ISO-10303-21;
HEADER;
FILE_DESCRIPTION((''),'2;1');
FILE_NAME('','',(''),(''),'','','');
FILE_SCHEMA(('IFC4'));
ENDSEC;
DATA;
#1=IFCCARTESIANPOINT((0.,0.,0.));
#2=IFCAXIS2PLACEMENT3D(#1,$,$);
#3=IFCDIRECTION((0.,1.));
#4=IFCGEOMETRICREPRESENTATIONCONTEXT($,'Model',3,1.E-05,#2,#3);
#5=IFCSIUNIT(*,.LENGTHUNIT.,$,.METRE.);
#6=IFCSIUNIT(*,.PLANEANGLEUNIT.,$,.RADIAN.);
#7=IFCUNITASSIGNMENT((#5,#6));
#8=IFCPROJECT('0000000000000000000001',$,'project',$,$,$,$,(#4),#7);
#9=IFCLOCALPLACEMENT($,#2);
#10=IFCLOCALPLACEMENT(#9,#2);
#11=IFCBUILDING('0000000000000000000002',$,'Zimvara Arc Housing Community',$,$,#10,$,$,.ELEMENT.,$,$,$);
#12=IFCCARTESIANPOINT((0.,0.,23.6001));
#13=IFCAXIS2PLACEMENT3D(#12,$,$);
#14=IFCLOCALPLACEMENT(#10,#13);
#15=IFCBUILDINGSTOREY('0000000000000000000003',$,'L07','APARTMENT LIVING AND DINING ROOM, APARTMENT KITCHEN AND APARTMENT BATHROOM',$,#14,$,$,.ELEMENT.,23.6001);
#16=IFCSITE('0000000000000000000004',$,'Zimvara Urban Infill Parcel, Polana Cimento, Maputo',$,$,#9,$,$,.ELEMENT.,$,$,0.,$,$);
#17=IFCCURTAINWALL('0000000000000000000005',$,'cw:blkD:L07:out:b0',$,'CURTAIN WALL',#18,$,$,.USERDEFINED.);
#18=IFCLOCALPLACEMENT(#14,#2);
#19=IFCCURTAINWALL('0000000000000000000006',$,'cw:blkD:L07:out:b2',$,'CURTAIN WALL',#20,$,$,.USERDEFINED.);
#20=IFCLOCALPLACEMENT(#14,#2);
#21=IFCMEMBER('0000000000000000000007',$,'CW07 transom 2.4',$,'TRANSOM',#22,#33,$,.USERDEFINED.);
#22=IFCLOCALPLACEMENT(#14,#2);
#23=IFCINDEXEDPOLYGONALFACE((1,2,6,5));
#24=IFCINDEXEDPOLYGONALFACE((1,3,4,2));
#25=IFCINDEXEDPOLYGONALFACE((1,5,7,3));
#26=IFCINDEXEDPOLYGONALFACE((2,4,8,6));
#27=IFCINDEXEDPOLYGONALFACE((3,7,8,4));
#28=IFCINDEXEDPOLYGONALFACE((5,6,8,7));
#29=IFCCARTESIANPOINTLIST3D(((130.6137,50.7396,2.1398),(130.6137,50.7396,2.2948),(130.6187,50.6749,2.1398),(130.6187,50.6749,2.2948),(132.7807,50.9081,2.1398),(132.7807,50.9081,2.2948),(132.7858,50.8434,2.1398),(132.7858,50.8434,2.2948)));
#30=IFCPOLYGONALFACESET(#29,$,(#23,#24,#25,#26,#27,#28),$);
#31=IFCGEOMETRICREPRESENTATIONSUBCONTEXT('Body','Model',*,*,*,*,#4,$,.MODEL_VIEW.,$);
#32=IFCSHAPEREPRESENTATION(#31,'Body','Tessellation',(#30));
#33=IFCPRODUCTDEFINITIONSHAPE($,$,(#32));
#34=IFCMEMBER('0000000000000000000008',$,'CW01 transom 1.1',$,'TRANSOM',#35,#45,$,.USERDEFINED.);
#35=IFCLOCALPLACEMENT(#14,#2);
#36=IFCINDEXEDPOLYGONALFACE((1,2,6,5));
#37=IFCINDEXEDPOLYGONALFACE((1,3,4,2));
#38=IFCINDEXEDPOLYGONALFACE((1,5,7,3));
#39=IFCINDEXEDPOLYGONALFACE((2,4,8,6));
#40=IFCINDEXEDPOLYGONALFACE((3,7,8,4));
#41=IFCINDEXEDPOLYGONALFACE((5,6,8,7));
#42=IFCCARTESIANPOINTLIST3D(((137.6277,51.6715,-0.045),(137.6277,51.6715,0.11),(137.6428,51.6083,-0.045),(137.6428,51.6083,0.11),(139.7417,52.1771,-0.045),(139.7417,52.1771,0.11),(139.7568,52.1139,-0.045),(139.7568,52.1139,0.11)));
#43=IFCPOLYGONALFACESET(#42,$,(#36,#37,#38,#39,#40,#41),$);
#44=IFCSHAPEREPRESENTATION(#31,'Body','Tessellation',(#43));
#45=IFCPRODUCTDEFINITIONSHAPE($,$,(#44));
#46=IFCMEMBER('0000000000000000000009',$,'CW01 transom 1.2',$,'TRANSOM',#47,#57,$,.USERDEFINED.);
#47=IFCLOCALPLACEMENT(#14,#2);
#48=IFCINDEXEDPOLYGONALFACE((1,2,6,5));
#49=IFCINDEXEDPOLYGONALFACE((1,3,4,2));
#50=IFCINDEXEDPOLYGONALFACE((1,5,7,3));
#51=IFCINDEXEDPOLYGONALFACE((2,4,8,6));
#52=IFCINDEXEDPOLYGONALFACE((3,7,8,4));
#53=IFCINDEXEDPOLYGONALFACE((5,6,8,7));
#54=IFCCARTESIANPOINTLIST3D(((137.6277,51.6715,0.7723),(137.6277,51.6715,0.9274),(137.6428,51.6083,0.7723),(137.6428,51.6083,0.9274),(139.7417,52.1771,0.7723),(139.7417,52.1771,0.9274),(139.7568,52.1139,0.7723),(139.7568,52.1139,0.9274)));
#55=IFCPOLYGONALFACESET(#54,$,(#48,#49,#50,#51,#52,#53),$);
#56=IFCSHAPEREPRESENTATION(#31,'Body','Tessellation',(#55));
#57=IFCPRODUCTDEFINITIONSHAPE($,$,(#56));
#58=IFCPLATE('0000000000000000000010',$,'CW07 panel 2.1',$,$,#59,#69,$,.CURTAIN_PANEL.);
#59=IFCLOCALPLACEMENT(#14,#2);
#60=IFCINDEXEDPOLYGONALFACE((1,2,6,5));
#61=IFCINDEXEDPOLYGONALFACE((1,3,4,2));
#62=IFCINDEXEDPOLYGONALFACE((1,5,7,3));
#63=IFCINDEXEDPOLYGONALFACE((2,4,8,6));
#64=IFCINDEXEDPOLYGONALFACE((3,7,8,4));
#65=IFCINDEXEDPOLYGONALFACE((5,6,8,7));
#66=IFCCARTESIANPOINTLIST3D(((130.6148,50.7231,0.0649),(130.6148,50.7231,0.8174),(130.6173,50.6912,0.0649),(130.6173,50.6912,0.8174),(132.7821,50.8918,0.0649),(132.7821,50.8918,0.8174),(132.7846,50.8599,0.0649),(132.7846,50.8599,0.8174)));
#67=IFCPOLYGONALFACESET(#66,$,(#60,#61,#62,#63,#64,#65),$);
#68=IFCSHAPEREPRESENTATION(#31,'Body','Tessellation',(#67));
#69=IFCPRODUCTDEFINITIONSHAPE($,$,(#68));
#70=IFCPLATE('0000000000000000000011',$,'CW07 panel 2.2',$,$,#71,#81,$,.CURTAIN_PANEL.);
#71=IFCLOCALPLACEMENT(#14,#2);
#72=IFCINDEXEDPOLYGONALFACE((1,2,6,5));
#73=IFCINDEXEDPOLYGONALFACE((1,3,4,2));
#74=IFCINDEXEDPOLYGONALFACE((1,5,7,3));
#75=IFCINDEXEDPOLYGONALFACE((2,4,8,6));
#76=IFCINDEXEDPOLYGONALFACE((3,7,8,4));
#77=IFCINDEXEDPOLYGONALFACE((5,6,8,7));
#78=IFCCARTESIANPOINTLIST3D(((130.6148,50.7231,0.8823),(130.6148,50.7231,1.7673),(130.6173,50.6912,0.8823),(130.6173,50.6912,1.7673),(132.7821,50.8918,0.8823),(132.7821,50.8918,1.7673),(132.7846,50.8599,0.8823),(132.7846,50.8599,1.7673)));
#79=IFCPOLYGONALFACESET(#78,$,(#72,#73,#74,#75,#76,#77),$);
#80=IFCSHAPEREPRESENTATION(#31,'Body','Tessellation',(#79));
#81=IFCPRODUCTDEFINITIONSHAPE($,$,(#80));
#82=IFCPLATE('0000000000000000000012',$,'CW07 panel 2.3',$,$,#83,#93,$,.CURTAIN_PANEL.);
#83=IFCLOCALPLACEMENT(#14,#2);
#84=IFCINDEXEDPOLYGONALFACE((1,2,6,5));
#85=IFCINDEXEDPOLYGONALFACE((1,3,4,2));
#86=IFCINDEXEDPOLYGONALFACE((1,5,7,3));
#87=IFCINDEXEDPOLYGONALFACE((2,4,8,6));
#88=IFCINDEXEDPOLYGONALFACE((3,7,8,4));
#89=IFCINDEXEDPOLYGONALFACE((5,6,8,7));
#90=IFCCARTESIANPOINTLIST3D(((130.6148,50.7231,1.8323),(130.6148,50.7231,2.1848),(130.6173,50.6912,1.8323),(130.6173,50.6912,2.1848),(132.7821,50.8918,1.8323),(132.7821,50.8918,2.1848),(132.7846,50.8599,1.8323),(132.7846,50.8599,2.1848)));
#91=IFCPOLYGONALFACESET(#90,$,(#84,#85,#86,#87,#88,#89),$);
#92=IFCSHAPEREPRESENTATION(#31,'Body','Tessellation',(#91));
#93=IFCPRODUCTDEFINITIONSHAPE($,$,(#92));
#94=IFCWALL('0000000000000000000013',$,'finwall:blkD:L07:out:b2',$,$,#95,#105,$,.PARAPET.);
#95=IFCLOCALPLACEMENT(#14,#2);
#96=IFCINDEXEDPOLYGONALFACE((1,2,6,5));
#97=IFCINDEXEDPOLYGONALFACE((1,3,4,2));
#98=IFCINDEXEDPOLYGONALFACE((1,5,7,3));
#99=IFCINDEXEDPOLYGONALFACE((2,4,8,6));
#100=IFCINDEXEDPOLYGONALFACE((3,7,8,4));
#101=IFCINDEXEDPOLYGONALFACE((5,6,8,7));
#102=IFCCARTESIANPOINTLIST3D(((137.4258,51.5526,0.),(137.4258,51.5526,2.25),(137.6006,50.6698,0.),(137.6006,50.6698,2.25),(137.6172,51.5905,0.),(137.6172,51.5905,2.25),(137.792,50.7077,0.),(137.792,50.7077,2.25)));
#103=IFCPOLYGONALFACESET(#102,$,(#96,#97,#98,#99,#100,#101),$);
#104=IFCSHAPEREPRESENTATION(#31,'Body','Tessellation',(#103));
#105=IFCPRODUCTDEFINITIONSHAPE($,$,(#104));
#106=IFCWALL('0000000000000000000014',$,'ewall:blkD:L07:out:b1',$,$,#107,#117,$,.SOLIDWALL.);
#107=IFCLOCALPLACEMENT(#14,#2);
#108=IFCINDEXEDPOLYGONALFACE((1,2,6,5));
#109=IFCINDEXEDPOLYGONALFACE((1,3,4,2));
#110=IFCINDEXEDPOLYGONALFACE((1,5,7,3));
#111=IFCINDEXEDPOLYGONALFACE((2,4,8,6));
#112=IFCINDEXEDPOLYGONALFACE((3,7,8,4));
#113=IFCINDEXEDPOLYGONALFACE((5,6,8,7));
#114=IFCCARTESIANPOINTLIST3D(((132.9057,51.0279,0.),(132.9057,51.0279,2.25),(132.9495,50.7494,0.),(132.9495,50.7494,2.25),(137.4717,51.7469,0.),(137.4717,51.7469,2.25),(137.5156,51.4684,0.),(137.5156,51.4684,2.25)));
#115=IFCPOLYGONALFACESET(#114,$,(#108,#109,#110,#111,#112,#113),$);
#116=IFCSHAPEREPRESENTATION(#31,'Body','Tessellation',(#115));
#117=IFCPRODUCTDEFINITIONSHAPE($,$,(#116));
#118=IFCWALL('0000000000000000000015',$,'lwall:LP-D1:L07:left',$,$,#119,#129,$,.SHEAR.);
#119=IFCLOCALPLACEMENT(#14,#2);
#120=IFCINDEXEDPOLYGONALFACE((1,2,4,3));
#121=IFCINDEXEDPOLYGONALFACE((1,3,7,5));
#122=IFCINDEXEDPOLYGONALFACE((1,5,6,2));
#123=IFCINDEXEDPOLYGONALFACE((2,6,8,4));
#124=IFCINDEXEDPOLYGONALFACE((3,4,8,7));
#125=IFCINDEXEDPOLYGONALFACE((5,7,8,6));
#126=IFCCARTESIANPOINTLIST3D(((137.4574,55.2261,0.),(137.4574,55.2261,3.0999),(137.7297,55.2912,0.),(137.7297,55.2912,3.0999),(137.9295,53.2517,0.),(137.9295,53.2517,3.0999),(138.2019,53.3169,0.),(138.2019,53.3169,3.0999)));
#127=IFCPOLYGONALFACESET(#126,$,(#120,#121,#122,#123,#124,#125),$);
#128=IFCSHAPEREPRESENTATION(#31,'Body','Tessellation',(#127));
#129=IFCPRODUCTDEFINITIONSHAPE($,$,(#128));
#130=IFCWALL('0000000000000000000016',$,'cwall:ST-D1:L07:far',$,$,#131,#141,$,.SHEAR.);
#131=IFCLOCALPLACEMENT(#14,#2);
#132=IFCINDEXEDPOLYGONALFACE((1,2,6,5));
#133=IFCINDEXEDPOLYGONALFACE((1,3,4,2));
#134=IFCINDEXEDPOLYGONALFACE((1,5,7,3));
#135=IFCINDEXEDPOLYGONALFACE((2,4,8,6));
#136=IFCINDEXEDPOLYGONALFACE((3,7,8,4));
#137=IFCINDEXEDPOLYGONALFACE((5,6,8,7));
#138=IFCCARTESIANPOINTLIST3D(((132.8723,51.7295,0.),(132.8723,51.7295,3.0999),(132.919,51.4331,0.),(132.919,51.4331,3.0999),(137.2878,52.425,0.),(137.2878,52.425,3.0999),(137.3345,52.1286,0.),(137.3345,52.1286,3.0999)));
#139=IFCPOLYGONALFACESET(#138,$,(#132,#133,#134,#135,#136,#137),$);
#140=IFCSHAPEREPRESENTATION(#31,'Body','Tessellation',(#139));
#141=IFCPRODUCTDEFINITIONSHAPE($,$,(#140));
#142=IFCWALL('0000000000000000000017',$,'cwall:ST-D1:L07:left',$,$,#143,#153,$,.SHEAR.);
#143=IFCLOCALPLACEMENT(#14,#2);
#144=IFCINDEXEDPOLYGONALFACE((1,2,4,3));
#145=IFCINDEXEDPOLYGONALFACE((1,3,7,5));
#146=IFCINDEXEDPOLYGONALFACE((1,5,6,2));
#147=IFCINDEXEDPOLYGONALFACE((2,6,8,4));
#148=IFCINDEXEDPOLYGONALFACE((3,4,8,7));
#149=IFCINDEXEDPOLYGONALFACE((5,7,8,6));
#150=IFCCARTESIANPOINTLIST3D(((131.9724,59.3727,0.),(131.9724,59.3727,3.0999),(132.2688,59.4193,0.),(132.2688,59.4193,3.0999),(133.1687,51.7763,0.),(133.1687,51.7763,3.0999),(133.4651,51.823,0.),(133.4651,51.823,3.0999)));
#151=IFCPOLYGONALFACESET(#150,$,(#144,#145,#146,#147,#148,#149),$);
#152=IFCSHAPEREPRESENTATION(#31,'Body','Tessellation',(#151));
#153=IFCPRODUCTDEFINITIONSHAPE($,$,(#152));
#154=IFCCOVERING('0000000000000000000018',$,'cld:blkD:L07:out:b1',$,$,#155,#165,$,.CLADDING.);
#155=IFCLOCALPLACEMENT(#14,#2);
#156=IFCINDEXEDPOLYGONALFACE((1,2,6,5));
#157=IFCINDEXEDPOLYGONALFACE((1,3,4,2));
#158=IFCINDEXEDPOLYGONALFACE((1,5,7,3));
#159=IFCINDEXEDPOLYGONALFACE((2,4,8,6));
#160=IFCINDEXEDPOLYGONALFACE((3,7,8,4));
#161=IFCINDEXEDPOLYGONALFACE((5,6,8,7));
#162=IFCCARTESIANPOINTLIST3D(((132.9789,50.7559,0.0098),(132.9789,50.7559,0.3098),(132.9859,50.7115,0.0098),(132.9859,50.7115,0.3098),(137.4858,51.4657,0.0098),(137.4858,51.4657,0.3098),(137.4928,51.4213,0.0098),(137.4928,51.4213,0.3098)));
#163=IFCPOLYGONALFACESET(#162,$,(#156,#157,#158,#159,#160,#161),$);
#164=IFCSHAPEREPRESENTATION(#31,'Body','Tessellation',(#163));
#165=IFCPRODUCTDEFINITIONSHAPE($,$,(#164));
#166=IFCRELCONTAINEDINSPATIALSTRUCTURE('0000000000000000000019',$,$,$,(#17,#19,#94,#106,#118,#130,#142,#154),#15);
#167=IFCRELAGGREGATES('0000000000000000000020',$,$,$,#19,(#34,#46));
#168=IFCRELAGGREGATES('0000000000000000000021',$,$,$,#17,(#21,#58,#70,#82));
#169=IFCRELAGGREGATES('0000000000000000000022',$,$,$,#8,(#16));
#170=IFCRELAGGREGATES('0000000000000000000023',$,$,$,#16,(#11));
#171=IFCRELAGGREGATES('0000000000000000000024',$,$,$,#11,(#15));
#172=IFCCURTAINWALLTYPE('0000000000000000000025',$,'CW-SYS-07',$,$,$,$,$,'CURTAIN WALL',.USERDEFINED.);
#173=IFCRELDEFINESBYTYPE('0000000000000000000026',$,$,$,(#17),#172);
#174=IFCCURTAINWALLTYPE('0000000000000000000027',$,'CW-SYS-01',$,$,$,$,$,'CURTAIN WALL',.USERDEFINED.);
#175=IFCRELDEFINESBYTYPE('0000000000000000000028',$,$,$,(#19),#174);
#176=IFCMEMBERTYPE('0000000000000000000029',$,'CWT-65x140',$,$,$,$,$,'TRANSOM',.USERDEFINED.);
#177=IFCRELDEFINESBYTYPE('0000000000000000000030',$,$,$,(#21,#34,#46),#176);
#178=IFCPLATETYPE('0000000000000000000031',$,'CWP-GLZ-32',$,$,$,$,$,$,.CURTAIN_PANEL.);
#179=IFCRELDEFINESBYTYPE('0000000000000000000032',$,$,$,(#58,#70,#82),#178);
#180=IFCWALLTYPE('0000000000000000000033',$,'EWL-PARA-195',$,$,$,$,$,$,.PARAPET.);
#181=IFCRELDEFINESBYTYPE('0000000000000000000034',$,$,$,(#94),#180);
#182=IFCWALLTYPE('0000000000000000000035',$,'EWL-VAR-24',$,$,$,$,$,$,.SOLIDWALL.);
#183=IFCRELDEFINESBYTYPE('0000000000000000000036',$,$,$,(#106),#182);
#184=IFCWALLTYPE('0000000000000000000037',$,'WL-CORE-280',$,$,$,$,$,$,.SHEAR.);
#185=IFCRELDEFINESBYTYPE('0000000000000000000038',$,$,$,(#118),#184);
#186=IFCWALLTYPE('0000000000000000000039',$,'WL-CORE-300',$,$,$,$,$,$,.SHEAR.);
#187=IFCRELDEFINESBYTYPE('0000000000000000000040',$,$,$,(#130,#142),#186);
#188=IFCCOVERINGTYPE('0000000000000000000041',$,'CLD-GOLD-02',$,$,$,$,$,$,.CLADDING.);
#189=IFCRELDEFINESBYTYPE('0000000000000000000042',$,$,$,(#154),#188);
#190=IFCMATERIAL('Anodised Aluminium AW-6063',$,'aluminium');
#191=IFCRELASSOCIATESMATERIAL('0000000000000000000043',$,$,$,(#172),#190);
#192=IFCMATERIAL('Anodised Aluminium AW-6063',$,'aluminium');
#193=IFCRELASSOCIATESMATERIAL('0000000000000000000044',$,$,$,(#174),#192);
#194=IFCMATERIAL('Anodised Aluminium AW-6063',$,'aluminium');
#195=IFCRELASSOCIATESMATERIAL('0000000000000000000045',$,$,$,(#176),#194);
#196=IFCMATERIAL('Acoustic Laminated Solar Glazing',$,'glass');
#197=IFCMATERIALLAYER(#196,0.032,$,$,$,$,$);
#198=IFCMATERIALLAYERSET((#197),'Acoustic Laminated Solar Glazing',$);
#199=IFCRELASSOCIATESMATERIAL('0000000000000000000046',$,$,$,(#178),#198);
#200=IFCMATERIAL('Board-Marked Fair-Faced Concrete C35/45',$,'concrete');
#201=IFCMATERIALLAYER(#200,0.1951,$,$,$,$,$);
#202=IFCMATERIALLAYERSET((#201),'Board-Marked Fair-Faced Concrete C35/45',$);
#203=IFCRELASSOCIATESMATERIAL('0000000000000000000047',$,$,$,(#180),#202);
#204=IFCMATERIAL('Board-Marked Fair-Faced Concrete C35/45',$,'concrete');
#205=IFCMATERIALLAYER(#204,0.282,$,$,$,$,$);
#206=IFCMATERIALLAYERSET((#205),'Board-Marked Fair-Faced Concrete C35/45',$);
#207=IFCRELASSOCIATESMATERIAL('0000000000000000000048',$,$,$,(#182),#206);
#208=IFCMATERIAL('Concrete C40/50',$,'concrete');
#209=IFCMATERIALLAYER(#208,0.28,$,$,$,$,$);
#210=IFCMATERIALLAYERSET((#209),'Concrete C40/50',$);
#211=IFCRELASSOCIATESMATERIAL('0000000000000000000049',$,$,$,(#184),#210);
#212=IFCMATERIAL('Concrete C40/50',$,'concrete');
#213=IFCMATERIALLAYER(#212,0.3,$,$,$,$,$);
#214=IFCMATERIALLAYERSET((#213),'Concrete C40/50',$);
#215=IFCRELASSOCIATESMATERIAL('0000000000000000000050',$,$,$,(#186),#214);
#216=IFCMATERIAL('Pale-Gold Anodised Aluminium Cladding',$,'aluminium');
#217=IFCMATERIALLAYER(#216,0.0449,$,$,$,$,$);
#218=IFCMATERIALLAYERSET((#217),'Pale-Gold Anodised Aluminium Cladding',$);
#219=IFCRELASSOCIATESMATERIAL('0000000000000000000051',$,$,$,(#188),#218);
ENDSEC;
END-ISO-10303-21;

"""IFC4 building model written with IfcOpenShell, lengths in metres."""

from ifc_helpers import new_model, si_unit, direction, frame, frame_2d, origin, origin_2d, place, context, subcontext, project, spatial, rectangle, extrude, material, layer, layer_set, material_profile, profile_set, type_object, element, aggregate, save


model = new_model("IFC4")

# Units and contexts
model_context = context("Model", 3, precision=1e-05, world=origin(), true_north=direction((0.0, 1.0)))
body_context = subcontext(model_context, "Body", "Model", "MODEL_VIEW")
ifc_project = project(units=[si_unit("LENGTHUNIT", "METRE"), si_unit("PLANEANGLEUNIT", "RADIAN")], contexts=[model_context])

# Site, building, storey
site_placement = place(None, origin())
site = spatial("IfcSite", under=ifc_project, at=site_placement, Name="Zimvara Urban Infill Parcel, Polana Cimento, Maputo", CompositionType="ELEMENT", RefElevation=0.0)
building_placement = place(site_placement, origin())
building = spatial("IfcBuilding", under=site, at=building_placement, Name="Zimvara Arc Housing Community", CompositionType="ELEMENT")
storey_placement = place(building_placement, frame((0.0, 0.0, 23.6001)))
storey = spatial("IfcBuildingStorey", under=building, at=storey_placement, Name="L07", Description="APARTMENT LIVING AND DINING ROOM, APARTMENT KITCHEN AND APARTMENT BATHROOM", CompositionType="ELEMENT", Elevation=23.6001)

# Curtain walls
ifc_material_1 = material(Name="Anodised Aluminium AW-6063", Category="aluminium")
curtain_wall_type_1 = type_object("IfcCurtainWallType", Name="CW-SYS-07", ElementType="CURTAIN WALL", PredefinedType="USERDEFINED", material=ifc_material_1)
curtain_wall_1_placement = place(storey_placement, origin())
curtain_wall_1 = element("IfcCurtainWall", 1, at=curtain_wall_1_placement, inside=storey, type_object=curtain_wall_type_1, Name="cw:blkD:L07:out:b0", ObjectType="CURTAIN WALL", PredefinedType="USERDEFINED")
ifc_material_2 = material(Name="Anodised Aluminium AW-6063", Category="aluminium")
curtain_wall_type_2 = type_object("IfcCurtainWallType", Name="CW-SYS-01", ElementType="CURTAIN WALL", PredefinedType="USERDEFINED", material=ifc_material_2)
curtain_wall_2_placement = place(storey_placement, origin())
curtain_wall_2 = element("IfcCurtainWall", 2, at=curtain_wall_2_placement, inside=storey, type_object=curtain_wall_type_2, Name="cw:blkD:L07:out:b2", ObjectType="CURTAIN WALL", PredefinedType="USERDEFINED")

# Members
ifc_material_3 = material(Name="Anodised Aluminium AW-6063", Category="aluminium")
ifc_material_profile_1 = material_profile(ifc_material_3, rectangle(XDim=0.0649, YDim=0.155, at=origin_2d()), Name="ALU 65x155")
ifc_profile_set_1 = profile_set([ifc_material_profile_1], Name="Anodised Aluminium AW-6063")
member_type_1 = type_object("IfcMemberType", Name="CWT-65x140", ElementType="TRANSOM", PredefinedType="USERDEFINED", material=ifc_profile_set_1)
member_1_placement = place(storey_placement, frame((130.6162, 50.7073, 2.2173), z_axis=(0.996992, 0.077504, 0.0), x_axis=(-0.077504, 0.996992, 0.0)))
member_1 = element("IfcMember", 3, at=member_1_placement, type_object=member_type_1, Name="CW07 transom 2.4", ObjectType="TRANSOM", PredefinedType="USERDEFINED", context=body_context, shape_type="SweptSolid", body=[
    extrude(rectangle(XDim=0.0649, YDim=0.155, at=origin_2d()), origin(), (0.0, 0.0, 1.0), 2.1736),
])
member_2_placement = place(storey_placement, frame((137.6353, 51.6399, 0.0325), z_axis=(0.97257, 0.232612, 0.0), x_axis=(-0.232612, 0.97257, 0.0)))
member_2 = element("IfcMember", 4, at=member_2_placement, type_object=member_type_1, Name="CW01 transom 1.1", ObjectType="TRANSOM", PredefinedType="USERDEFINED", context=body_context, shape_type="SweptSolid", body=[
    extrude(rectangle(XDim=0.0649, YDim=0.155, at=origin_2d()), origin(), (0.0, 0.0, 1.0), 2.1736),
])
member_3_placement = place(storey_placement, frame((137.6353, 51.6399, 0.8499), z_axis=(0.97257, 0.232612, 0.0), x_axis=(-0.232612, 0.97257, 0.0)))
member_3 = element("IfcMember", 5, at=member_3_placement, type_object=member_type_1, Name="CW01 transom 1.2", ObjectType="TRANSOM", PredefinedType="USERDEFINED", context=body_context, shape_type="SweptSolid", body=[
    extrude(rectangle(XDim=0.0649, YDim=0.155, at=origin_2d()), origin(), (0.0, 0.0, 1.0), 2.1736),
])
aggregate(curtain_wall_2, [member_2, member_3])

# Plates
ifc_material_4 = material(Name="Acoustic Laminated Solar Glazing", Category="glass")
ifc_layer_1 = layer(ifc_material_4, 0.032)
ifc_layer_set_1 = layer_set([ifc_layer_1], Name="Acoustic Laminated Solar Glazing")
plate_type = type_object("IfcPlateType", Name="CWP-GLZ-32", PredefinedType="CURTAIN_PANEL", material=ifc_layer_set_1)
plate_1_placement = place(storey_placement, frame((131.6997, 50.7915, 0.0649), z_axis=(0.0, 0.0, 1.0), x_axis=(0.996985, 0.07759, 0.0)))
plate_1 = element("IfcPlate", 6, at=plate_1_placement, type_object=plate_type, Name="CW07 panel 2.1", PredefinedType="CURTAIN_PANEL", context=body_context, shape_type="SweptSolid", body=[
    extrude(rectangle(XDim=2.1738, YDim=0.032, at=origin_2d()), origin(), (0.0, 0.0, 1.0), 0.7524),
])
plate_2_placement = place(storey_placement, frame((131.6997, 50.7915, 0.8823), z_axis=(0.0, 0.0, 1.0), x_axis=(0.996985, 0.07759, 0.0)))
plate_2 = element("IfcPlate", 7, at=plate_2_placement, type_object=plate_type, Name="CW07 panel 2.2", PredefinedType="CURTAIN_PANEL", context=body_context, shape_type="SweptSolid", body=[
    extrude(rectangle(XDim=2.1738, YDim=0.032, at=origin_2d()), origin(), (0.0, 0.0, 1.0), 0.885),
])
plate_3_placement = place(storey_placement, frame((131.6997, 50.7915, 1.8323), z_axis=(0.0, 0.0, 1.0), x_axis=(0.996985, 0.07759, 0.0)))
plate_3 = element("IfcPlate", 8, at=plate_3_placement, type_object=plate_type, Name="CW07 panel 2.3", PredefinedType="CURTAIN_PANEL", context=body_context, shape_type="SweptSolid", body=[
    extrude(rectangle(XDim=2.1738, YDim=0.032, at=origin_2d()), origin(), (0.0, 0.0, 1.0), 0.3525),
])
aggregate(curtain_wall_1, [member_1, plate_1, plate_2, plate_3])

# Walls
ifc_material_5 = material(Name="Board-Marked Fair-Faced Concrete C35/45", Category="concrete")
ifc_layer_2 = layer(ifc_material_5, 0.1951)
ifc_layer_set_2 = layer_set([ifc_layer_2], Name="Board-Marked Fair-Faced Concrete C35/45")
wall_type_1 = type_object("IfcWallType", Name="EWL-PARA-195", PredefinedType="PARAPET", material=ifc_layer_set_2)
wall_1_placement = place(storey_placement, frame((137.5215, 51.5715, 0.0), z_axis=(0.0, 0.0, 1.0), x_axis=(0.194238, -0.980954, 0.0)))
element("IfcWall", 9, at=wall_1_placement, inside=storey, type_object=wall_type_1, Name="finwall:blkD:L07:out:b2", PredefinedType="PARAPET", context=body_context, shape_type="SweptSolid", body=[
    extrude(rectangle(XDim=0.8999, YDim=0.1951, at=frame_2d((0.45, 0.0))), origin(), (0.0, 0.0, 1.0), 2.25),
])
ifc_material_6 = material(Name="Board-Marked Fair-Faced Concrete C35/45", Category="concrete")
ifc_layer_3 = layer(ifc_material_6, 0.282)
ifc_layer_set_3 = layer_set([ifc_layer_3], Name="Board-Marked Fair-Faced Concrete C35/45")
wall_type_2 = type_object("IfcWallType", Name="EWL-VAR-24", PredefinedType="SOLIDWALL", material=ifc_layer_set_3)
wall_2_placement = place(storey_placement, frame((132.9277, 50.8887, 0.0), z_axis=(0.0, 0.0, 1.0), x_axis=(0.987829, 0.155545, 0.0)))
element("IfcWall", 10, at=wall_2_placement, inside=storey, type_object=wall_type_2, Name="ewall:blkD:L07:out:b1", PredefinedType="SOLIDWALL", context=body_context, shape_type="SweptSolid", body=[
    extrude(rectangle(XDim=4.6223, YDim=0.282, at=frame_2d((2.311, 0.0))), origin(), (0.0, 0.0, 1.0), 2.25),
])

# Shared definitions
ifc_material_7 = material(Name="Concrete C40/50", Category="concrete")
ifc_layer_4 = layer(ifc_material_7, 0.28)
ifc_layer_set_4 = layer_set([ifc_layer_4], Name="Concrete C40/50")
wall_type_3 = type_object("IfcWallType", Name="WL-CORE-280", PredefinedType="SHEAR", material=ifc_layer_set_4)

# Walls
wall_3_placement = place(storey_placement, frame((137.5935, 55.2588, 0.0), z_axis=(0.0, 0.0, 1.0), x_axis=(0.232591, -0.972575, 0.0)))
element("IfcWall", 11, at=wall_3_placement, inside=storey, type_object=wall_type_3, Name="lwall:LP-D1:L07:left", PredefinedType="SHEAR", context=body_context, shape_type="SweptSolid", body=[
    extrude(rectangle(XDim=2.03, YDim=0.28, at=frame_2d((1.0151, 0.0))), origin(), (0.0, 0.0, 1.0), 3.0999),
])
ifc_material_8 = material(Name="Concrete C40/50", Category="concrete")
ifc_layer_5 = layer(ifc_material_8, 0.3)
ifc_layer_set_5 = layer_set([ifc_layer_5], Name="Concrete C40/50")
wall_type_4 = type_object("IfcWallType", Name="WL-CORE-300", PredefinedType="SHEAR", material=ifc_layer_set_5)
wall_4_placement = place(storey_placement, frame((132.8958, 51.5813, 0.0), z_axis=(0.0, 0.0, 1.0), x_axis=(0.987819, 0.155606, 0.0)))
element("IfcWall", 12, at=wall_4_placement, inside=storey, type_object=wall_type_4, Name="cwall:ST-D1:L07:far", PredefinedType="SHEAR", context=body_context, shape_type="SweptSolid", body=[
    extrude(rectangle(XDim=4.47, YDim=0.3, at=frame_2d((2.2349, 0.0))), origin(), (0.0, 0.0, 1.0), 3.0999),
])
wall_5_placement = place(storey_placement, frame((132.1206, 59.396, 0.0), z_axis=(0.0, 0.0, 1.0), x_axis=(0.155563, -0.987826, 0.0)))
element("IfcWall", 13, at=wall_5_placement, inside=storey, type_object=wall_type_4, Name="cwall:ST-D1:L07:left", PredefinedType="SHEAR", context=body_context, shape_type="SweptSolid", body=[
    extrude(rectangle(XDim=7.6899, YDim=0.3, at=frame_2d((3.845, 0.0))), origin(), (0.0, 0.0, 1.0), 3.0999),
])

# Covering
ifc_material_9 = material(Name="Pale-Gold Anodised Aluminium Cladding", Category="aluminium")
ifc_layer_6 = layer(ifc_material_9, 0.0449)
ifc_layer_set_6 = layer_set([ifc_layer_6], Name="Pale-Gold Anodised Aluminium Cladding")
covering_type = type_object("IfcCoveringType", Name="CLD-GOLD-02", PredefinedType="CLADDING", material=ifc_layer_set_6)
covering_placement = place(storey_placement, frame((135.2358, 51.0886, 0.0098), z_axis=(0.0, 0.0, 1.0), x_axis=(0.987824, 0.155572, 0.0)))
element("IfcCovering", 14, at=covering_placement, inside=storey, type_object=covering_type, Name="cld:blkD:L07:out:b1", PredefinedType="CLADDING", context=body_context, shape_type="SweptSolid", body=[
    extrude(rectangle(XDim=4.5625, YDim=0.0449, at=origin_2d()), origin(), (0.0, 0.0, 1.0), 0.3),
])

save(model, "model.ifc")
